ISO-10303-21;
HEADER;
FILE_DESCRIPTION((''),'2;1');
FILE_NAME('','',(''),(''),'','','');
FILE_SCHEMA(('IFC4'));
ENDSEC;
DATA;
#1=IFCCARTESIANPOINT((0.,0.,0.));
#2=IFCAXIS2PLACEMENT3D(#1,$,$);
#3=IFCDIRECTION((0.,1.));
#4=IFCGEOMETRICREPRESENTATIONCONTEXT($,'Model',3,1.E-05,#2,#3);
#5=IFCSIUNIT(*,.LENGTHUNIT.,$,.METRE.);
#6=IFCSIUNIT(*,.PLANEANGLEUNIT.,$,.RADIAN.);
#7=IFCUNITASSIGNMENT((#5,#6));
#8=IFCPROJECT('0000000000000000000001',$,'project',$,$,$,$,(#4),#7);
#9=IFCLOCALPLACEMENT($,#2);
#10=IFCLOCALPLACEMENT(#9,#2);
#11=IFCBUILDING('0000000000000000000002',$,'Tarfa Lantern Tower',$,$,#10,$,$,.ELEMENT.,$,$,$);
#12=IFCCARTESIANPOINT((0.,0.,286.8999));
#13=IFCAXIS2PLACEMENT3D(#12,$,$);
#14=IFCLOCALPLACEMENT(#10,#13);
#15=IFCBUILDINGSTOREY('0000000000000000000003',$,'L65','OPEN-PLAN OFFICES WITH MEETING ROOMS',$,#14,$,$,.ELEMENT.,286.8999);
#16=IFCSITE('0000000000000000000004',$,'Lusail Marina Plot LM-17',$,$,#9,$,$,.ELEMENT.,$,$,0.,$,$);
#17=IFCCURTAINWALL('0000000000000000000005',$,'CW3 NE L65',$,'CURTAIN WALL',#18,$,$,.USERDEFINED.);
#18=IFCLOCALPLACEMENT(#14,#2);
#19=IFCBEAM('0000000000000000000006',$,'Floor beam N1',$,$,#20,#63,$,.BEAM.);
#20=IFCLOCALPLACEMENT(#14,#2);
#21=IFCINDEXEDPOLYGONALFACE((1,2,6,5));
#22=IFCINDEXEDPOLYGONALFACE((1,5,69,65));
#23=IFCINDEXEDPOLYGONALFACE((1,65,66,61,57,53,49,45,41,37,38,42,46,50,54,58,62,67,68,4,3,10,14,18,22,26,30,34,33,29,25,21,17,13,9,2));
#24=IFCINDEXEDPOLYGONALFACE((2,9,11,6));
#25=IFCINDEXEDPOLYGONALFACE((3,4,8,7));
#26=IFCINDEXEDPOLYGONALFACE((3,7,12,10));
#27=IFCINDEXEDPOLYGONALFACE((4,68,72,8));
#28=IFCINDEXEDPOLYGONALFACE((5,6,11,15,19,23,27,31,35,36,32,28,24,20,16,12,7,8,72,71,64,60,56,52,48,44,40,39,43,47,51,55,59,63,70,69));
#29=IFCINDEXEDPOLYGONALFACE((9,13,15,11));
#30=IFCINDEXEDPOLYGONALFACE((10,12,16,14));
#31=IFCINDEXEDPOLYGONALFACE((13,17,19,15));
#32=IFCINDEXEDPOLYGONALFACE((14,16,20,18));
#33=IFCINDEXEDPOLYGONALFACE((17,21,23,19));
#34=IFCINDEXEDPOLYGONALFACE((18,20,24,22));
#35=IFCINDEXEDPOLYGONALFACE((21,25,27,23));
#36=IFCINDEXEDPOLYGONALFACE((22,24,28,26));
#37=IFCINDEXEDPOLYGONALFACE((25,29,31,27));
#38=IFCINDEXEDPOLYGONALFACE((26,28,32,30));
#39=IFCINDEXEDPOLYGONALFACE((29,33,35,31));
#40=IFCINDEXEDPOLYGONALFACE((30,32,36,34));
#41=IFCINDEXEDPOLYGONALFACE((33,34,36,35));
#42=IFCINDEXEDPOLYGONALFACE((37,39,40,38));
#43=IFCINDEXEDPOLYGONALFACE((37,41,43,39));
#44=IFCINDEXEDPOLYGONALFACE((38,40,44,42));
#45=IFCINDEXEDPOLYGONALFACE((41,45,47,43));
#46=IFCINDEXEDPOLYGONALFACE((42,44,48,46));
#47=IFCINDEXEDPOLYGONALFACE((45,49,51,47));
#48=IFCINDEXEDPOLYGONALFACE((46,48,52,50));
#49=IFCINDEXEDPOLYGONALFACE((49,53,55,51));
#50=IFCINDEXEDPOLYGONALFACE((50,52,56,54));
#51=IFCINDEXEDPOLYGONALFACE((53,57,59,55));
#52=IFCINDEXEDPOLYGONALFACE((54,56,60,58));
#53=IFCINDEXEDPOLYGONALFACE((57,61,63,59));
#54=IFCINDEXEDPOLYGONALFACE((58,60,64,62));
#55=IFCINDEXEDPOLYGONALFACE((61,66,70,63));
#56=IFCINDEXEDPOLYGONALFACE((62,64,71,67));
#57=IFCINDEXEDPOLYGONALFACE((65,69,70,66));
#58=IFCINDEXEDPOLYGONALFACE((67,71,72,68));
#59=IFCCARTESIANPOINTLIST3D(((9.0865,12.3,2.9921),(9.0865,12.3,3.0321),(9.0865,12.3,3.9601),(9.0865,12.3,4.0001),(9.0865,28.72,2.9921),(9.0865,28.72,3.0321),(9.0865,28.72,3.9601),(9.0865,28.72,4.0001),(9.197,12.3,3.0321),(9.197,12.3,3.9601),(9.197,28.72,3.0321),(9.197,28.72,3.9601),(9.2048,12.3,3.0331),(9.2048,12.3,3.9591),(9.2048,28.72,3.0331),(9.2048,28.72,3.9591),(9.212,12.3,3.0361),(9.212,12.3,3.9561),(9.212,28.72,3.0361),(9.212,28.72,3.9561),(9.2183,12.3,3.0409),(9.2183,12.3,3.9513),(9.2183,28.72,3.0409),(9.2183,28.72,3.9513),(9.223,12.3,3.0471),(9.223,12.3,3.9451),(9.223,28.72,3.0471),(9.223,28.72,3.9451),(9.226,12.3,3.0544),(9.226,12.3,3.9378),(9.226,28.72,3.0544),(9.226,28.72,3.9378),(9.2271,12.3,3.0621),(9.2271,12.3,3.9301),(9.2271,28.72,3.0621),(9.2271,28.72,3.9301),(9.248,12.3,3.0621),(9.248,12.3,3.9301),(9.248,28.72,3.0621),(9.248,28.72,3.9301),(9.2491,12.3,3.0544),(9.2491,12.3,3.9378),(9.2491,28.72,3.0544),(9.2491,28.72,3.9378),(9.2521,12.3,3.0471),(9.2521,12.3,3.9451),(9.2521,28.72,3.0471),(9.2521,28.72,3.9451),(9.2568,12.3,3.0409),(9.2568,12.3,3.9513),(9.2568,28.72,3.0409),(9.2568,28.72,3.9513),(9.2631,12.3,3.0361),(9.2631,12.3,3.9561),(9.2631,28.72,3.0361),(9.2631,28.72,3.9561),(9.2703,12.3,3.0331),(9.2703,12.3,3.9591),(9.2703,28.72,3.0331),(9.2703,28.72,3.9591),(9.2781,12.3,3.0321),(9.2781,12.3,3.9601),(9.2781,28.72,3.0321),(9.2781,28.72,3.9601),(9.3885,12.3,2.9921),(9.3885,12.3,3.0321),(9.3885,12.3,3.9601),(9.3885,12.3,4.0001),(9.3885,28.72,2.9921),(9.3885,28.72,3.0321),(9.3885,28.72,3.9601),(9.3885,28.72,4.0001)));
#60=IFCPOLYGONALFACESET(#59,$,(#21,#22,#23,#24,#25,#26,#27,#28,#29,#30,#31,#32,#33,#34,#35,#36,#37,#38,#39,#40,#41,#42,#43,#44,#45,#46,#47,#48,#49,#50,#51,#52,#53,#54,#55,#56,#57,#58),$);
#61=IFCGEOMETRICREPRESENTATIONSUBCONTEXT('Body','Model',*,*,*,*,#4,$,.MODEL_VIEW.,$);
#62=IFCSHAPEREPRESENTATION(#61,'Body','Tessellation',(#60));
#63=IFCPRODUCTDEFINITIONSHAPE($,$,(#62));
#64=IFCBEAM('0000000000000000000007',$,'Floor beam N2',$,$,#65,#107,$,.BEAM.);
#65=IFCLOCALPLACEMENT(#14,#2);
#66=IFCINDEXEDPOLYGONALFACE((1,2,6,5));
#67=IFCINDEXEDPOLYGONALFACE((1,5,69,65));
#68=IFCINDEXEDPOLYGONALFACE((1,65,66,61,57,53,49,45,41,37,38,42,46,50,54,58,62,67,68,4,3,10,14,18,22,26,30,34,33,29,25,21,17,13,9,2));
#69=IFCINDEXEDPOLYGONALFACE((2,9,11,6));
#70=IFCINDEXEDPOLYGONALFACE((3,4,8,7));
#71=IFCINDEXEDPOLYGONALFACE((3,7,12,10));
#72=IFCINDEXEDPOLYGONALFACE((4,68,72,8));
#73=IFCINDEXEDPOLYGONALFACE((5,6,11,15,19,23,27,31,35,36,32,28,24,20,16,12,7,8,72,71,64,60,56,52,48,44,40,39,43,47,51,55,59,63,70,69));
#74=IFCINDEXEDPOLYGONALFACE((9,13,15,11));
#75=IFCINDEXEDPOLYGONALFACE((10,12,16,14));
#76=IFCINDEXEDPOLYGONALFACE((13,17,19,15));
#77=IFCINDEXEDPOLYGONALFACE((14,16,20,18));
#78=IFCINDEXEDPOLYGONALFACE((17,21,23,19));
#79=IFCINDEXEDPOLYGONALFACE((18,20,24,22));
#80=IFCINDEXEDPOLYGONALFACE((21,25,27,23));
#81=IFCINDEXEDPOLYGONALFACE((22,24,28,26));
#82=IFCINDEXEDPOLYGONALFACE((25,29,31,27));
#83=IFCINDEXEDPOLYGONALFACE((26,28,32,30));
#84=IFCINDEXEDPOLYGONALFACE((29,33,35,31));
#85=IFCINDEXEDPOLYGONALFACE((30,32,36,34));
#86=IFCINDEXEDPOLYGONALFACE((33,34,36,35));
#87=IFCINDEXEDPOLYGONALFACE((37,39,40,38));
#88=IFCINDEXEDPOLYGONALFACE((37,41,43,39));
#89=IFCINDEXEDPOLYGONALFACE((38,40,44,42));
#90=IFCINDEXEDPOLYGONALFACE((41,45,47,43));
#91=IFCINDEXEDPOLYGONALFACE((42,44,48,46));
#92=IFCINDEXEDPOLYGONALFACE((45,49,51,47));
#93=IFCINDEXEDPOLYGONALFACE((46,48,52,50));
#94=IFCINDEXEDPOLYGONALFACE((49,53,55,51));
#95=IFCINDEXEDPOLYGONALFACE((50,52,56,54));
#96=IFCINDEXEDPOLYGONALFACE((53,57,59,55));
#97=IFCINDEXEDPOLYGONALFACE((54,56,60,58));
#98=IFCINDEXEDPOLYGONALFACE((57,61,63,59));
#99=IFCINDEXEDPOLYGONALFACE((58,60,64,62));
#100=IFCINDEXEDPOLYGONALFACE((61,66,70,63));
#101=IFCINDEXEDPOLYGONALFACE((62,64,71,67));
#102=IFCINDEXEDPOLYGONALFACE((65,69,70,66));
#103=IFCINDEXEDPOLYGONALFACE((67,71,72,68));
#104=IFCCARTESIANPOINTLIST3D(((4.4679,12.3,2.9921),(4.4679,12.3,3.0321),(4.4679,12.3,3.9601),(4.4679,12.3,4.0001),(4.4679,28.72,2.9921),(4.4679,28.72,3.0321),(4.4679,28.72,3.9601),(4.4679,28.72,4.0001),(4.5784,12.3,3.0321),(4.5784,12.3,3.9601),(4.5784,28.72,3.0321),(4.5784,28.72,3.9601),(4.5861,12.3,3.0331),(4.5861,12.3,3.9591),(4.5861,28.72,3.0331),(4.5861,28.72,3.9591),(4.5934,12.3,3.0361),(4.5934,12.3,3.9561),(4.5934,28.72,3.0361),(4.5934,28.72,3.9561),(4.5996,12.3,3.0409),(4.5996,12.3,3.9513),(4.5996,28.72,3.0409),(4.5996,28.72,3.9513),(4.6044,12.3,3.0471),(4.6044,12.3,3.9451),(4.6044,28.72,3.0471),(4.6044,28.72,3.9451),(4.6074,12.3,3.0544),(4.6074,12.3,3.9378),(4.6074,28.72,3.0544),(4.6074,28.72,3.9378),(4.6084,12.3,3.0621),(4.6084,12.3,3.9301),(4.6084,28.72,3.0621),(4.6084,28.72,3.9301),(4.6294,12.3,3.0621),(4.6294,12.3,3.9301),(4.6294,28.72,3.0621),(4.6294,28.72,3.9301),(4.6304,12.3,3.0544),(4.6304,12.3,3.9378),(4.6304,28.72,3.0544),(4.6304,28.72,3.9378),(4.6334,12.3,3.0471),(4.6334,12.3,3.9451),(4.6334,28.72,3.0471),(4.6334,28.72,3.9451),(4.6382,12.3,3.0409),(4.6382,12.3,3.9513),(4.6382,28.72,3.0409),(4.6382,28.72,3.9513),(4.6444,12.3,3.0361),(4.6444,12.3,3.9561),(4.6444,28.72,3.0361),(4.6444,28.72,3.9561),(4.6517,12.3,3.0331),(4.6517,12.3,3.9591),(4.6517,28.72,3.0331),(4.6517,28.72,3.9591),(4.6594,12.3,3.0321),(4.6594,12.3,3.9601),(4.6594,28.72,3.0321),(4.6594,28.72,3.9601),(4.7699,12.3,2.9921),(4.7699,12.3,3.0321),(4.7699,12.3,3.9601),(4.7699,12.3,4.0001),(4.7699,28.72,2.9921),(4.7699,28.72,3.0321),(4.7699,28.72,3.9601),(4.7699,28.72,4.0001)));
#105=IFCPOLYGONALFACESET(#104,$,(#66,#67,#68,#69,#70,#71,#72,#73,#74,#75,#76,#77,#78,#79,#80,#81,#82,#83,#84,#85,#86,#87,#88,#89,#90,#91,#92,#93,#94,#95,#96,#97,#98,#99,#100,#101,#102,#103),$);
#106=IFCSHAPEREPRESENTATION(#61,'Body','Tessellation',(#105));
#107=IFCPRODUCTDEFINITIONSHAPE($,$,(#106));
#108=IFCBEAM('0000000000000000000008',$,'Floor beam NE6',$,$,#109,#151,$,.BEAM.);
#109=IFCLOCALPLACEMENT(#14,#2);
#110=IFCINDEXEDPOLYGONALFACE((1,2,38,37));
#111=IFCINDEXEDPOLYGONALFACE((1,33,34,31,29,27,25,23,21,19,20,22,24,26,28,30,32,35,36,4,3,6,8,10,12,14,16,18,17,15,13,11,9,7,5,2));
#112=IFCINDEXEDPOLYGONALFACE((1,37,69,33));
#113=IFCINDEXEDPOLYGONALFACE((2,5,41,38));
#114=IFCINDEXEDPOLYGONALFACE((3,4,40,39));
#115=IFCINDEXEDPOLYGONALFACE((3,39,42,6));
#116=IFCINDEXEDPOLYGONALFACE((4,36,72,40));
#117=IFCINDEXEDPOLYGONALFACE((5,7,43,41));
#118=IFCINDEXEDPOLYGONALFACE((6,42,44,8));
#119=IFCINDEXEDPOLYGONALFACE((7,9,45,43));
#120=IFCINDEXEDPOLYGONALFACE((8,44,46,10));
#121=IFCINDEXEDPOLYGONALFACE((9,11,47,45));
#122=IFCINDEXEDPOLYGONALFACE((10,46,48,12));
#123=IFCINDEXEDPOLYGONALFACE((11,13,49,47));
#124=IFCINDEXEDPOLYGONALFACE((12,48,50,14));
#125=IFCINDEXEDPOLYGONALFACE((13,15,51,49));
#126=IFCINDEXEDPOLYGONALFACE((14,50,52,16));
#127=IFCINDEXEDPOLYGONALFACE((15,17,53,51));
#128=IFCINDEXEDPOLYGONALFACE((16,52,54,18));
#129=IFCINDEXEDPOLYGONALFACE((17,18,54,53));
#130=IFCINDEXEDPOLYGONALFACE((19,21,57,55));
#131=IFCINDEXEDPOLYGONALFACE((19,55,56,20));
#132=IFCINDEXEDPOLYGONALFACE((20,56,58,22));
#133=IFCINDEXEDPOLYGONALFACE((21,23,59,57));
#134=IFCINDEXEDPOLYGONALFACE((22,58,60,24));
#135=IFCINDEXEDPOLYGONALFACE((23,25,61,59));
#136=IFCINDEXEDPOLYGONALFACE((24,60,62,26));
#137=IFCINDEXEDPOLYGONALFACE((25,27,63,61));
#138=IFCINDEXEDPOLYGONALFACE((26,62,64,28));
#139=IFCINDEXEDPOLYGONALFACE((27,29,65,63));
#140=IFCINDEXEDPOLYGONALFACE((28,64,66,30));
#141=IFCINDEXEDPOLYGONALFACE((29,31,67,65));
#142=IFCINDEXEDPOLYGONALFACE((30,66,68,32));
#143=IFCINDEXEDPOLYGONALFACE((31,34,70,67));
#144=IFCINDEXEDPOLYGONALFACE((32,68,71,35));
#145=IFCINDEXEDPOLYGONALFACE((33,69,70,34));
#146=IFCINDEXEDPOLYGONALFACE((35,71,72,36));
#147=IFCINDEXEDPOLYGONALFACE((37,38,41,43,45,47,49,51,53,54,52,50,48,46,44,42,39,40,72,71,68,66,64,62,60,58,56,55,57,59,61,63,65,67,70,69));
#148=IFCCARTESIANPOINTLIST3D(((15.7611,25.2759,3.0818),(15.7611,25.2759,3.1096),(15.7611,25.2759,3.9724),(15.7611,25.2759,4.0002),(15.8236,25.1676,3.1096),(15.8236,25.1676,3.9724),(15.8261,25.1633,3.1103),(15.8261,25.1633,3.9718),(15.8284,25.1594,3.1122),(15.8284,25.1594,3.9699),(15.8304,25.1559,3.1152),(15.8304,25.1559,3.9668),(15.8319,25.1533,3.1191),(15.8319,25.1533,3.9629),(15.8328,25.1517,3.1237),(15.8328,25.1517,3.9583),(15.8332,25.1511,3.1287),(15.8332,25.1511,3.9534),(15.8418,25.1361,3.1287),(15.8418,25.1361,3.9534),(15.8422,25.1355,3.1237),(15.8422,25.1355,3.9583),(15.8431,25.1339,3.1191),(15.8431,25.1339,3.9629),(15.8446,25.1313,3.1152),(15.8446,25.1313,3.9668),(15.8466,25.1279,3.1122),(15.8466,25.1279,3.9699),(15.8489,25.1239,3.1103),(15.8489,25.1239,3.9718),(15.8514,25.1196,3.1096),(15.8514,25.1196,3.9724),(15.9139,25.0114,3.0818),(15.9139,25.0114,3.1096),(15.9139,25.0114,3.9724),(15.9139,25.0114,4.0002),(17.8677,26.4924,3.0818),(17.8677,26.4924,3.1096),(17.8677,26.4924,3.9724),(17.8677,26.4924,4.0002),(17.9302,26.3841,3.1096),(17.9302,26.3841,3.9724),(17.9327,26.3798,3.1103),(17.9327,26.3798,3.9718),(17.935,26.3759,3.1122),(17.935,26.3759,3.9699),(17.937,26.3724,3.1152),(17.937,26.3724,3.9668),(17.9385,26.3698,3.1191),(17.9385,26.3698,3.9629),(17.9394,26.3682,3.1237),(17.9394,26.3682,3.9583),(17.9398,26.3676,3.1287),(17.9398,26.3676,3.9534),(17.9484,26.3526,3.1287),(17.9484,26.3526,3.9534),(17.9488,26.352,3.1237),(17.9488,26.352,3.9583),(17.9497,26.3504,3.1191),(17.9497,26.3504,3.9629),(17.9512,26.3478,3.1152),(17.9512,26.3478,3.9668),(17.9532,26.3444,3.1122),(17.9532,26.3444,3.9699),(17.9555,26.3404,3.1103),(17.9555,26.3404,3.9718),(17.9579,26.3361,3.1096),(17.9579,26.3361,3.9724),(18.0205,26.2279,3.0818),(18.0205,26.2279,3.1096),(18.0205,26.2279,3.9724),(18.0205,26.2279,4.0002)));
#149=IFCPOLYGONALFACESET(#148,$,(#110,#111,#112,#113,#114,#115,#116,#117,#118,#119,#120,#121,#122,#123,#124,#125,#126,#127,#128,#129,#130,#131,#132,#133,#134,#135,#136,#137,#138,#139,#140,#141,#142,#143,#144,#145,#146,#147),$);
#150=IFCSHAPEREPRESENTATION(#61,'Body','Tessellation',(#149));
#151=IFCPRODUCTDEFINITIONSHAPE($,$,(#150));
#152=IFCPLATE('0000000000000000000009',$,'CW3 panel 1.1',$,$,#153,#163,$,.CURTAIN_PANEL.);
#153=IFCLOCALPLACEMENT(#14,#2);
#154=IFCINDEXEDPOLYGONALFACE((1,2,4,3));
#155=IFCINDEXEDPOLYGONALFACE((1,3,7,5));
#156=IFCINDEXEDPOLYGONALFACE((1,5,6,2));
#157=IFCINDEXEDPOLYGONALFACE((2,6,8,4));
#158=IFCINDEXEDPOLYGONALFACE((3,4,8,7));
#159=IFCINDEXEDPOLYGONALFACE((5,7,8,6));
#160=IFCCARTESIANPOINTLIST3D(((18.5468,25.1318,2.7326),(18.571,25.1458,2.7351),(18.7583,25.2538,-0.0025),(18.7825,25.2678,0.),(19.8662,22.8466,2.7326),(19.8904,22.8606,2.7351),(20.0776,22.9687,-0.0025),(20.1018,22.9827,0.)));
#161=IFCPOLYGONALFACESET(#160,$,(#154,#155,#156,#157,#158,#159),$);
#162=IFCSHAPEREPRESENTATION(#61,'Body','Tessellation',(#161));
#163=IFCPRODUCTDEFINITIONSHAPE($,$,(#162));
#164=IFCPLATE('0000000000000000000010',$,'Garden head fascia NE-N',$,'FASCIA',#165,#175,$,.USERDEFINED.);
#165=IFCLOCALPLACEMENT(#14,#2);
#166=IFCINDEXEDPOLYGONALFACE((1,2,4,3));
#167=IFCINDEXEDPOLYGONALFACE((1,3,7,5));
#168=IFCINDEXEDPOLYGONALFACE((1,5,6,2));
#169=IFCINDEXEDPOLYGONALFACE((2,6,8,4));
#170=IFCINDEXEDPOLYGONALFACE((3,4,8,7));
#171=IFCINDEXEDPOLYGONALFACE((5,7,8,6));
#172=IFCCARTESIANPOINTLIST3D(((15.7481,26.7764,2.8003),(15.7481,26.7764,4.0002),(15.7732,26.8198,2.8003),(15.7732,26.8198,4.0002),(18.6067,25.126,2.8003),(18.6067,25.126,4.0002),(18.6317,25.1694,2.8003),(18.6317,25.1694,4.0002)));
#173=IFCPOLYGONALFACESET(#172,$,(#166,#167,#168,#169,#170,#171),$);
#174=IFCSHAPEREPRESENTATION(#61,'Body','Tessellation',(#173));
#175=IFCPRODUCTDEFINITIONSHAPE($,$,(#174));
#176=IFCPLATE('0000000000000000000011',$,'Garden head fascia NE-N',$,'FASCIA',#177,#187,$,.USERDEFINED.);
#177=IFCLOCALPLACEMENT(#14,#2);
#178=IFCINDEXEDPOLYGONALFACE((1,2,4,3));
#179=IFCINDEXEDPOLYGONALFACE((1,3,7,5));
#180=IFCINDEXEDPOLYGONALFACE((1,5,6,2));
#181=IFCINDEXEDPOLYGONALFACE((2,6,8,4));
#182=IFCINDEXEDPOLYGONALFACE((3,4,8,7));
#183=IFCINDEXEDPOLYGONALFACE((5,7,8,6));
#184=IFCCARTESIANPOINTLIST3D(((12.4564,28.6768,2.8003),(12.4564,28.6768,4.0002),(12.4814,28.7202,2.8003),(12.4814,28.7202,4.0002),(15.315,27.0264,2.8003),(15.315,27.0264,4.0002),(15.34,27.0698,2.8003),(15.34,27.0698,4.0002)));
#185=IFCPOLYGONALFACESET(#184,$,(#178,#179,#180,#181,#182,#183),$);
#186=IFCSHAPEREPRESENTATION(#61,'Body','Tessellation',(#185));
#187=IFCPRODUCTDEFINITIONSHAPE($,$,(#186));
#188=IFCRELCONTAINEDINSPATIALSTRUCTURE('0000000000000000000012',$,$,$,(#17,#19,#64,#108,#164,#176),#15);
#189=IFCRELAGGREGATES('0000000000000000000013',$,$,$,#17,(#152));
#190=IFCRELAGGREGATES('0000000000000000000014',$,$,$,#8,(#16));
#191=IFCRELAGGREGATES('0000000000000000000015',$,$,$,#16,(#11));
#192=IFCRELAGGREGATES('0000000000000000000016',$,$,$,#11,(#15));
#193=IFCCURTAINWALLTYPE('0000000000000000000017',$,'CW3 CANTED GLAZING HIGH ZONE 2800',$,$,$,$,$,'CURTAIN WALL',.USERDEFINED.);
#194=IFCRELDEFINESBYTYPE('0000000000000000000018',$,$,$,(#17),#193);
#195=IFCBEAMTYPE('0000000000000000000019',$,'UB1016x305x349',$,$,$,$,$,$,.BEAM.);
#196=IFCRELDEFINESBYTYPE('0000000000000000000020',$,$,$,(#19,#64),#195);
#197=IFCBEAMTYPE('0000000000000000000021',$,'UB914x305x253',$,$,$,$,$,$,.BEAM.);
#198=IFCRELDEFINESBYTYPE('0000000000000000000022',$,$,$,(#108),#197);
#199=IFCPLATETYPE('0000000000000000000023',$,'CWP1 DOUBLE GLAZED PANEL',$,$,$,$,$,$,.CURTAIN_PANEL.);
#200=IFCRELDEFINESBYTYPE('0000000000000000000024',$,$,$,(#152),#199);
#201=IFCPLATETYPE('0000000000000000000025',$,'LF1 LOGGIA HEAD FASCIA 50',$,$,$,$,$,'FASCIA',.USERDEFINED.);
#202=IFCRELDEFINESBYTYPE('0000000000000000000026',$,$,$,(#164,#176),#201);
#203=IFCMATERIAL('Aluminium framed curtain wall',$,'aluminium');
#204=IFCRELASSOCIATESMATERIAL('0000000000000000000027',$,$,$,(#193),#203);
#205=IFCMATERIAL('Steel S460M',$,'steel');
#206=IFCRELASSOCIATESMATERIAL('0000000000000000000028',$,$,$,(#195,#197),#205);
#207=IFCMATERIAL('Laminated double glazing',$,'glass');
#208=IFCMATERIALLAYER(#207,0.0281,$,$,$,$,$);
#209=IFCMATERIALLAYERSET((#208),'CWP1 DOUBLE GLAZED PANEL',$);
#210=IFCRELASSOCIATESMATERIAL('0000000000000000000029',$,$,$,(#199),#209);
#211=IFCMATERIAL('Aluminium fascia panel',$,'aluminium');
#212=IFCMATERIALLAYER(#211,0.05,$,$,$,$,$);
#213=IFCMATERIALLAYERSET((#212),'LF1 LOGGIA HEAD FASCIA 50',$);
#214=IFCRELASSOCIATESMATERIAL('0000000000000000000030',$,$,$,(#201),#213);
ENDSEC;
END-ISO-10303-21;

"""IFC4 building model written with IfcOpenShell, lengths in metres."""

from ifc_helpers import new_model, si_unit, direction, frame, origin, origin_2d, place, context, subcontext, project, spatial, polyline, rectangle, i_section, outline, extrude, material, layer, layer_set, material_profile, profile_set, type_object, element, aggregate, save


model = new_model("IFC4")

# Units and contexts
model_context = context("Model", 3, precision=1e-05, world=origin(), true_north=direction((0.0, 1.0)))
body_context = subcontext(model_context, "Body", "Model", "MODEL_VIEW")
ifc_project = project(units=[si_unit("LENGTHUNIT", "METRE"), si_unit("PLANEANGLEUNIT", "RADIAN")], contexts=[model_context])

# Site, building, storey
site_placement = place(None, origin())
site = spatial("IfcSite", under=ifc_project, at=site_placement, Name="Lusail Marina Plot LM-17", CompositionType="ELEMENT", RefElevation=0.0)
building_placement = place(site_placement, origin())
building = spatial("IfcBuilding", under=site, at=building_placement, Name="Tarfa Lantern Tower", CompositionType="ELEMENT")
storey_placement = place(building_placement, frame((0.0, 0.0, 286.8999)))
storey = spatial("IfcBuildingStorey", under=building, at=storey_placement, Name="L65", Description="OPEN-PLAN OFFICES WITH MEETING ROOMS", CompositionType="ELEMENT", Elevation=286.8999)

# Curtain wall
ifc_material_1 = material(Name="Aluminium framed curtain wall", Category="aluminium")
curtain_wall_type = type_object("IfcCurtainWallType", Name="CW3 CANTED GLAZING HIGH ZONE 2800", ElementType="CURTAIN WALL", PredefinedType="USERDEFINED", material=ifc_material_1)
curtain_wall_placement = place(storey_placement, origin())
curtain_wall = element("IfcCurtainWall", 1, at=curtain_wall_placement, inside=storey, type_object=curtain_wall_type, Name="CW3 NE L65", ObjectType="CURTAIN WALL", PredefinedType="USERDEFINED")

# Beams
ifc_material_2 = material(Name="Steel S460M", Category="steel")
ifc_material_profile_1 = material_profile(ifc_material_2, i_section(OverallWidth=0.302, OverallDepth=1.0081, WebThickness=0.021, FlangeThickness=0.04, FilletRadius=0.03, at=origin_2d()), Name="UB1016x305x349")
ifc_profile_set_1 = profile_set([ifc_material_profile_1], Name="Steel S460M")
beam_type_1 = type_object("IfcBeamType", Name="UB1016x305x349", PredefinedType="BEAM", material=ifc_profile_set_1)
for number, where, z_axis, x_axis, name in (
    (2, (9.2375, 28.72, 3.4961), (0.0, -1.0, 0.0), (1.0, 0.0, 0.0), "Floor beam N1"),
    (3, (4.6189, 28.72, 3.4961), (0.0, -1.0, 0.0), (1.0, 0.0, 0.0), "Floor beam N2"),
):
    element("IfcBeam", number, at=place(storey_placement, frame(where, z_axis=z_axis, x_axis=x_axis)), inside=storey, type_object=beam_type_1, Name=name, PredefinedType="BEAM", context=body_context, shape_type="SweptSolid", body=[
        extrude(i_section(OverallWidth=0.302, OverallDepth=1.0081, WebThickness=0.021, FlangeThickness=0.04, FilletRadius=0.03, at=origin_2d()), origin(), (0.0, 0.0, 1.0), 16.4199),
    ])
ifc_material_profile_2 = material_profile(ifc_material_2, i_section(OverallWidth=0.3054, OverallDepth=0.9185, WebThickness=0.0173, FlangeThickness=0.0278, FilletRadius=0.019, at=origin_2d()), Name="UB914x305x253")
ifc_profile_set_2 = profile_set([ifc_material_profile_2], Name="Steel S460M")
beam_type_2 = type_object("IfcBeamType", Name="UB914x305x253", PredefinedType="BEAM", material=ifc_profile_set_2)
beam_1_placement = place(storey_placement, frame((17.9441, 26.3601, 3.541), z_axis=(-0.86598, -0.500079, 0.0), x_axis=(0.500079, -0.86598, 0.0)))
element("IfcBeam", 4, at=beam_1_placement, inside=storey, type_object=beam_type_2, Name="Floor beam NE6", PredefinedType="BEAM", context=body_context, shape_type="SweptSolid", body=[
    extrude(i_section(OverallWidth=0.3054, OverallDepth=0.9185, WebThickness=0.0173, FlangeThickness=0.0278, FilletRadius=0.019, at=origin_2d()), origin(), (0.0, 0.0, 1.0), 2.4326),
])

# Plate
ifc_material_3 = material(Name="Laminated double glazing", Category="glass")
ifc_layer_1 = layer(ifc_material_3, 0.0281)
ifc_layer_set_1 = layer_set([ifc_layer_1], Name="CWP1 DOUBLE GLAZED PANEL")
plate_type_1 = type_object("IfcPlateType", Name="CWP1 DOUBLE GLAZED PANEL", PredefinedType="CURTAIN_PANEL", material=ifc_layer_set_1)
plate_1_placement = place(storey_placement, frame((20.1018, 22.9827, 0.0), z_axis=(0.862596, 0.49802, 0.088906), x_axis=(-0.5, 0.866025, 0.0)))
plate_1 = element("IfcPlate", 5, at=plate_1_placement, type_object=plate_type_1, Name="CW3 panel 1.1", PredefinedType="CURTAIN_PANEL", context=body_context, shape_type="SweptSolid", body=[
    extrude(outline(polyline([(0.0, 0.0), (2.6387, 0.0), (2.6387, 2.746), (0.0, 2.746), (0.0, 0.0)])), origin(), (0.0, 0.0, -1.0), 0.0281),
])
aggregate(curtain_wall, [plate_1])

# Plates
ifc_material_4 = material(Name="Aluminium fascia panel", Category="aluminium")
ifc_layer_2 = layer(ifc_material_4, 0.05)
ifc_layer_set_2 = layer_set([ifc_layer_2], Name="LF1 LOGGIA HEAD FASCIA 50")
plate_type_2 = type_object("IfcPlateType", Name="LF1 LOGGIA HEAD FASCIA 50", ElementType="FASCIA", PredefinedType="USERDEFINED", material=ifc_layer_set_2)
for number, where, z_axis, x_axis, name in (
    (6, (17.1899, 25.9729, 2.8003), (0.0, 0.0, 1.0), (-0.866025, 0.5, 0.0), "Garden head fascia NE-N"),
    (7, (13.8982, 27.8733, 2.8003), (0.0, 0.0, 1.0), (-0.866025, 0.5, 0.0), "Garden head fascia NE-N"),
):
    element("IfcPlate", number, at=place(storey_placement, frame(where, z_axis=z_axis, x_axis=x_axis)), inside=storey, type_object=plate_type_2, Name=name, ObjectType="FASCIA", PredefinedType="USERDEFINED", context=body_context, shape_type="SweptSolid", body=[
        extrude(rectangle(XDim=3.3008, YDim=0.05, at=origin_2d()), origin(), (0.0, 0.0, 1.0), 1.2),
    ])

save(model, "model.ifc")
